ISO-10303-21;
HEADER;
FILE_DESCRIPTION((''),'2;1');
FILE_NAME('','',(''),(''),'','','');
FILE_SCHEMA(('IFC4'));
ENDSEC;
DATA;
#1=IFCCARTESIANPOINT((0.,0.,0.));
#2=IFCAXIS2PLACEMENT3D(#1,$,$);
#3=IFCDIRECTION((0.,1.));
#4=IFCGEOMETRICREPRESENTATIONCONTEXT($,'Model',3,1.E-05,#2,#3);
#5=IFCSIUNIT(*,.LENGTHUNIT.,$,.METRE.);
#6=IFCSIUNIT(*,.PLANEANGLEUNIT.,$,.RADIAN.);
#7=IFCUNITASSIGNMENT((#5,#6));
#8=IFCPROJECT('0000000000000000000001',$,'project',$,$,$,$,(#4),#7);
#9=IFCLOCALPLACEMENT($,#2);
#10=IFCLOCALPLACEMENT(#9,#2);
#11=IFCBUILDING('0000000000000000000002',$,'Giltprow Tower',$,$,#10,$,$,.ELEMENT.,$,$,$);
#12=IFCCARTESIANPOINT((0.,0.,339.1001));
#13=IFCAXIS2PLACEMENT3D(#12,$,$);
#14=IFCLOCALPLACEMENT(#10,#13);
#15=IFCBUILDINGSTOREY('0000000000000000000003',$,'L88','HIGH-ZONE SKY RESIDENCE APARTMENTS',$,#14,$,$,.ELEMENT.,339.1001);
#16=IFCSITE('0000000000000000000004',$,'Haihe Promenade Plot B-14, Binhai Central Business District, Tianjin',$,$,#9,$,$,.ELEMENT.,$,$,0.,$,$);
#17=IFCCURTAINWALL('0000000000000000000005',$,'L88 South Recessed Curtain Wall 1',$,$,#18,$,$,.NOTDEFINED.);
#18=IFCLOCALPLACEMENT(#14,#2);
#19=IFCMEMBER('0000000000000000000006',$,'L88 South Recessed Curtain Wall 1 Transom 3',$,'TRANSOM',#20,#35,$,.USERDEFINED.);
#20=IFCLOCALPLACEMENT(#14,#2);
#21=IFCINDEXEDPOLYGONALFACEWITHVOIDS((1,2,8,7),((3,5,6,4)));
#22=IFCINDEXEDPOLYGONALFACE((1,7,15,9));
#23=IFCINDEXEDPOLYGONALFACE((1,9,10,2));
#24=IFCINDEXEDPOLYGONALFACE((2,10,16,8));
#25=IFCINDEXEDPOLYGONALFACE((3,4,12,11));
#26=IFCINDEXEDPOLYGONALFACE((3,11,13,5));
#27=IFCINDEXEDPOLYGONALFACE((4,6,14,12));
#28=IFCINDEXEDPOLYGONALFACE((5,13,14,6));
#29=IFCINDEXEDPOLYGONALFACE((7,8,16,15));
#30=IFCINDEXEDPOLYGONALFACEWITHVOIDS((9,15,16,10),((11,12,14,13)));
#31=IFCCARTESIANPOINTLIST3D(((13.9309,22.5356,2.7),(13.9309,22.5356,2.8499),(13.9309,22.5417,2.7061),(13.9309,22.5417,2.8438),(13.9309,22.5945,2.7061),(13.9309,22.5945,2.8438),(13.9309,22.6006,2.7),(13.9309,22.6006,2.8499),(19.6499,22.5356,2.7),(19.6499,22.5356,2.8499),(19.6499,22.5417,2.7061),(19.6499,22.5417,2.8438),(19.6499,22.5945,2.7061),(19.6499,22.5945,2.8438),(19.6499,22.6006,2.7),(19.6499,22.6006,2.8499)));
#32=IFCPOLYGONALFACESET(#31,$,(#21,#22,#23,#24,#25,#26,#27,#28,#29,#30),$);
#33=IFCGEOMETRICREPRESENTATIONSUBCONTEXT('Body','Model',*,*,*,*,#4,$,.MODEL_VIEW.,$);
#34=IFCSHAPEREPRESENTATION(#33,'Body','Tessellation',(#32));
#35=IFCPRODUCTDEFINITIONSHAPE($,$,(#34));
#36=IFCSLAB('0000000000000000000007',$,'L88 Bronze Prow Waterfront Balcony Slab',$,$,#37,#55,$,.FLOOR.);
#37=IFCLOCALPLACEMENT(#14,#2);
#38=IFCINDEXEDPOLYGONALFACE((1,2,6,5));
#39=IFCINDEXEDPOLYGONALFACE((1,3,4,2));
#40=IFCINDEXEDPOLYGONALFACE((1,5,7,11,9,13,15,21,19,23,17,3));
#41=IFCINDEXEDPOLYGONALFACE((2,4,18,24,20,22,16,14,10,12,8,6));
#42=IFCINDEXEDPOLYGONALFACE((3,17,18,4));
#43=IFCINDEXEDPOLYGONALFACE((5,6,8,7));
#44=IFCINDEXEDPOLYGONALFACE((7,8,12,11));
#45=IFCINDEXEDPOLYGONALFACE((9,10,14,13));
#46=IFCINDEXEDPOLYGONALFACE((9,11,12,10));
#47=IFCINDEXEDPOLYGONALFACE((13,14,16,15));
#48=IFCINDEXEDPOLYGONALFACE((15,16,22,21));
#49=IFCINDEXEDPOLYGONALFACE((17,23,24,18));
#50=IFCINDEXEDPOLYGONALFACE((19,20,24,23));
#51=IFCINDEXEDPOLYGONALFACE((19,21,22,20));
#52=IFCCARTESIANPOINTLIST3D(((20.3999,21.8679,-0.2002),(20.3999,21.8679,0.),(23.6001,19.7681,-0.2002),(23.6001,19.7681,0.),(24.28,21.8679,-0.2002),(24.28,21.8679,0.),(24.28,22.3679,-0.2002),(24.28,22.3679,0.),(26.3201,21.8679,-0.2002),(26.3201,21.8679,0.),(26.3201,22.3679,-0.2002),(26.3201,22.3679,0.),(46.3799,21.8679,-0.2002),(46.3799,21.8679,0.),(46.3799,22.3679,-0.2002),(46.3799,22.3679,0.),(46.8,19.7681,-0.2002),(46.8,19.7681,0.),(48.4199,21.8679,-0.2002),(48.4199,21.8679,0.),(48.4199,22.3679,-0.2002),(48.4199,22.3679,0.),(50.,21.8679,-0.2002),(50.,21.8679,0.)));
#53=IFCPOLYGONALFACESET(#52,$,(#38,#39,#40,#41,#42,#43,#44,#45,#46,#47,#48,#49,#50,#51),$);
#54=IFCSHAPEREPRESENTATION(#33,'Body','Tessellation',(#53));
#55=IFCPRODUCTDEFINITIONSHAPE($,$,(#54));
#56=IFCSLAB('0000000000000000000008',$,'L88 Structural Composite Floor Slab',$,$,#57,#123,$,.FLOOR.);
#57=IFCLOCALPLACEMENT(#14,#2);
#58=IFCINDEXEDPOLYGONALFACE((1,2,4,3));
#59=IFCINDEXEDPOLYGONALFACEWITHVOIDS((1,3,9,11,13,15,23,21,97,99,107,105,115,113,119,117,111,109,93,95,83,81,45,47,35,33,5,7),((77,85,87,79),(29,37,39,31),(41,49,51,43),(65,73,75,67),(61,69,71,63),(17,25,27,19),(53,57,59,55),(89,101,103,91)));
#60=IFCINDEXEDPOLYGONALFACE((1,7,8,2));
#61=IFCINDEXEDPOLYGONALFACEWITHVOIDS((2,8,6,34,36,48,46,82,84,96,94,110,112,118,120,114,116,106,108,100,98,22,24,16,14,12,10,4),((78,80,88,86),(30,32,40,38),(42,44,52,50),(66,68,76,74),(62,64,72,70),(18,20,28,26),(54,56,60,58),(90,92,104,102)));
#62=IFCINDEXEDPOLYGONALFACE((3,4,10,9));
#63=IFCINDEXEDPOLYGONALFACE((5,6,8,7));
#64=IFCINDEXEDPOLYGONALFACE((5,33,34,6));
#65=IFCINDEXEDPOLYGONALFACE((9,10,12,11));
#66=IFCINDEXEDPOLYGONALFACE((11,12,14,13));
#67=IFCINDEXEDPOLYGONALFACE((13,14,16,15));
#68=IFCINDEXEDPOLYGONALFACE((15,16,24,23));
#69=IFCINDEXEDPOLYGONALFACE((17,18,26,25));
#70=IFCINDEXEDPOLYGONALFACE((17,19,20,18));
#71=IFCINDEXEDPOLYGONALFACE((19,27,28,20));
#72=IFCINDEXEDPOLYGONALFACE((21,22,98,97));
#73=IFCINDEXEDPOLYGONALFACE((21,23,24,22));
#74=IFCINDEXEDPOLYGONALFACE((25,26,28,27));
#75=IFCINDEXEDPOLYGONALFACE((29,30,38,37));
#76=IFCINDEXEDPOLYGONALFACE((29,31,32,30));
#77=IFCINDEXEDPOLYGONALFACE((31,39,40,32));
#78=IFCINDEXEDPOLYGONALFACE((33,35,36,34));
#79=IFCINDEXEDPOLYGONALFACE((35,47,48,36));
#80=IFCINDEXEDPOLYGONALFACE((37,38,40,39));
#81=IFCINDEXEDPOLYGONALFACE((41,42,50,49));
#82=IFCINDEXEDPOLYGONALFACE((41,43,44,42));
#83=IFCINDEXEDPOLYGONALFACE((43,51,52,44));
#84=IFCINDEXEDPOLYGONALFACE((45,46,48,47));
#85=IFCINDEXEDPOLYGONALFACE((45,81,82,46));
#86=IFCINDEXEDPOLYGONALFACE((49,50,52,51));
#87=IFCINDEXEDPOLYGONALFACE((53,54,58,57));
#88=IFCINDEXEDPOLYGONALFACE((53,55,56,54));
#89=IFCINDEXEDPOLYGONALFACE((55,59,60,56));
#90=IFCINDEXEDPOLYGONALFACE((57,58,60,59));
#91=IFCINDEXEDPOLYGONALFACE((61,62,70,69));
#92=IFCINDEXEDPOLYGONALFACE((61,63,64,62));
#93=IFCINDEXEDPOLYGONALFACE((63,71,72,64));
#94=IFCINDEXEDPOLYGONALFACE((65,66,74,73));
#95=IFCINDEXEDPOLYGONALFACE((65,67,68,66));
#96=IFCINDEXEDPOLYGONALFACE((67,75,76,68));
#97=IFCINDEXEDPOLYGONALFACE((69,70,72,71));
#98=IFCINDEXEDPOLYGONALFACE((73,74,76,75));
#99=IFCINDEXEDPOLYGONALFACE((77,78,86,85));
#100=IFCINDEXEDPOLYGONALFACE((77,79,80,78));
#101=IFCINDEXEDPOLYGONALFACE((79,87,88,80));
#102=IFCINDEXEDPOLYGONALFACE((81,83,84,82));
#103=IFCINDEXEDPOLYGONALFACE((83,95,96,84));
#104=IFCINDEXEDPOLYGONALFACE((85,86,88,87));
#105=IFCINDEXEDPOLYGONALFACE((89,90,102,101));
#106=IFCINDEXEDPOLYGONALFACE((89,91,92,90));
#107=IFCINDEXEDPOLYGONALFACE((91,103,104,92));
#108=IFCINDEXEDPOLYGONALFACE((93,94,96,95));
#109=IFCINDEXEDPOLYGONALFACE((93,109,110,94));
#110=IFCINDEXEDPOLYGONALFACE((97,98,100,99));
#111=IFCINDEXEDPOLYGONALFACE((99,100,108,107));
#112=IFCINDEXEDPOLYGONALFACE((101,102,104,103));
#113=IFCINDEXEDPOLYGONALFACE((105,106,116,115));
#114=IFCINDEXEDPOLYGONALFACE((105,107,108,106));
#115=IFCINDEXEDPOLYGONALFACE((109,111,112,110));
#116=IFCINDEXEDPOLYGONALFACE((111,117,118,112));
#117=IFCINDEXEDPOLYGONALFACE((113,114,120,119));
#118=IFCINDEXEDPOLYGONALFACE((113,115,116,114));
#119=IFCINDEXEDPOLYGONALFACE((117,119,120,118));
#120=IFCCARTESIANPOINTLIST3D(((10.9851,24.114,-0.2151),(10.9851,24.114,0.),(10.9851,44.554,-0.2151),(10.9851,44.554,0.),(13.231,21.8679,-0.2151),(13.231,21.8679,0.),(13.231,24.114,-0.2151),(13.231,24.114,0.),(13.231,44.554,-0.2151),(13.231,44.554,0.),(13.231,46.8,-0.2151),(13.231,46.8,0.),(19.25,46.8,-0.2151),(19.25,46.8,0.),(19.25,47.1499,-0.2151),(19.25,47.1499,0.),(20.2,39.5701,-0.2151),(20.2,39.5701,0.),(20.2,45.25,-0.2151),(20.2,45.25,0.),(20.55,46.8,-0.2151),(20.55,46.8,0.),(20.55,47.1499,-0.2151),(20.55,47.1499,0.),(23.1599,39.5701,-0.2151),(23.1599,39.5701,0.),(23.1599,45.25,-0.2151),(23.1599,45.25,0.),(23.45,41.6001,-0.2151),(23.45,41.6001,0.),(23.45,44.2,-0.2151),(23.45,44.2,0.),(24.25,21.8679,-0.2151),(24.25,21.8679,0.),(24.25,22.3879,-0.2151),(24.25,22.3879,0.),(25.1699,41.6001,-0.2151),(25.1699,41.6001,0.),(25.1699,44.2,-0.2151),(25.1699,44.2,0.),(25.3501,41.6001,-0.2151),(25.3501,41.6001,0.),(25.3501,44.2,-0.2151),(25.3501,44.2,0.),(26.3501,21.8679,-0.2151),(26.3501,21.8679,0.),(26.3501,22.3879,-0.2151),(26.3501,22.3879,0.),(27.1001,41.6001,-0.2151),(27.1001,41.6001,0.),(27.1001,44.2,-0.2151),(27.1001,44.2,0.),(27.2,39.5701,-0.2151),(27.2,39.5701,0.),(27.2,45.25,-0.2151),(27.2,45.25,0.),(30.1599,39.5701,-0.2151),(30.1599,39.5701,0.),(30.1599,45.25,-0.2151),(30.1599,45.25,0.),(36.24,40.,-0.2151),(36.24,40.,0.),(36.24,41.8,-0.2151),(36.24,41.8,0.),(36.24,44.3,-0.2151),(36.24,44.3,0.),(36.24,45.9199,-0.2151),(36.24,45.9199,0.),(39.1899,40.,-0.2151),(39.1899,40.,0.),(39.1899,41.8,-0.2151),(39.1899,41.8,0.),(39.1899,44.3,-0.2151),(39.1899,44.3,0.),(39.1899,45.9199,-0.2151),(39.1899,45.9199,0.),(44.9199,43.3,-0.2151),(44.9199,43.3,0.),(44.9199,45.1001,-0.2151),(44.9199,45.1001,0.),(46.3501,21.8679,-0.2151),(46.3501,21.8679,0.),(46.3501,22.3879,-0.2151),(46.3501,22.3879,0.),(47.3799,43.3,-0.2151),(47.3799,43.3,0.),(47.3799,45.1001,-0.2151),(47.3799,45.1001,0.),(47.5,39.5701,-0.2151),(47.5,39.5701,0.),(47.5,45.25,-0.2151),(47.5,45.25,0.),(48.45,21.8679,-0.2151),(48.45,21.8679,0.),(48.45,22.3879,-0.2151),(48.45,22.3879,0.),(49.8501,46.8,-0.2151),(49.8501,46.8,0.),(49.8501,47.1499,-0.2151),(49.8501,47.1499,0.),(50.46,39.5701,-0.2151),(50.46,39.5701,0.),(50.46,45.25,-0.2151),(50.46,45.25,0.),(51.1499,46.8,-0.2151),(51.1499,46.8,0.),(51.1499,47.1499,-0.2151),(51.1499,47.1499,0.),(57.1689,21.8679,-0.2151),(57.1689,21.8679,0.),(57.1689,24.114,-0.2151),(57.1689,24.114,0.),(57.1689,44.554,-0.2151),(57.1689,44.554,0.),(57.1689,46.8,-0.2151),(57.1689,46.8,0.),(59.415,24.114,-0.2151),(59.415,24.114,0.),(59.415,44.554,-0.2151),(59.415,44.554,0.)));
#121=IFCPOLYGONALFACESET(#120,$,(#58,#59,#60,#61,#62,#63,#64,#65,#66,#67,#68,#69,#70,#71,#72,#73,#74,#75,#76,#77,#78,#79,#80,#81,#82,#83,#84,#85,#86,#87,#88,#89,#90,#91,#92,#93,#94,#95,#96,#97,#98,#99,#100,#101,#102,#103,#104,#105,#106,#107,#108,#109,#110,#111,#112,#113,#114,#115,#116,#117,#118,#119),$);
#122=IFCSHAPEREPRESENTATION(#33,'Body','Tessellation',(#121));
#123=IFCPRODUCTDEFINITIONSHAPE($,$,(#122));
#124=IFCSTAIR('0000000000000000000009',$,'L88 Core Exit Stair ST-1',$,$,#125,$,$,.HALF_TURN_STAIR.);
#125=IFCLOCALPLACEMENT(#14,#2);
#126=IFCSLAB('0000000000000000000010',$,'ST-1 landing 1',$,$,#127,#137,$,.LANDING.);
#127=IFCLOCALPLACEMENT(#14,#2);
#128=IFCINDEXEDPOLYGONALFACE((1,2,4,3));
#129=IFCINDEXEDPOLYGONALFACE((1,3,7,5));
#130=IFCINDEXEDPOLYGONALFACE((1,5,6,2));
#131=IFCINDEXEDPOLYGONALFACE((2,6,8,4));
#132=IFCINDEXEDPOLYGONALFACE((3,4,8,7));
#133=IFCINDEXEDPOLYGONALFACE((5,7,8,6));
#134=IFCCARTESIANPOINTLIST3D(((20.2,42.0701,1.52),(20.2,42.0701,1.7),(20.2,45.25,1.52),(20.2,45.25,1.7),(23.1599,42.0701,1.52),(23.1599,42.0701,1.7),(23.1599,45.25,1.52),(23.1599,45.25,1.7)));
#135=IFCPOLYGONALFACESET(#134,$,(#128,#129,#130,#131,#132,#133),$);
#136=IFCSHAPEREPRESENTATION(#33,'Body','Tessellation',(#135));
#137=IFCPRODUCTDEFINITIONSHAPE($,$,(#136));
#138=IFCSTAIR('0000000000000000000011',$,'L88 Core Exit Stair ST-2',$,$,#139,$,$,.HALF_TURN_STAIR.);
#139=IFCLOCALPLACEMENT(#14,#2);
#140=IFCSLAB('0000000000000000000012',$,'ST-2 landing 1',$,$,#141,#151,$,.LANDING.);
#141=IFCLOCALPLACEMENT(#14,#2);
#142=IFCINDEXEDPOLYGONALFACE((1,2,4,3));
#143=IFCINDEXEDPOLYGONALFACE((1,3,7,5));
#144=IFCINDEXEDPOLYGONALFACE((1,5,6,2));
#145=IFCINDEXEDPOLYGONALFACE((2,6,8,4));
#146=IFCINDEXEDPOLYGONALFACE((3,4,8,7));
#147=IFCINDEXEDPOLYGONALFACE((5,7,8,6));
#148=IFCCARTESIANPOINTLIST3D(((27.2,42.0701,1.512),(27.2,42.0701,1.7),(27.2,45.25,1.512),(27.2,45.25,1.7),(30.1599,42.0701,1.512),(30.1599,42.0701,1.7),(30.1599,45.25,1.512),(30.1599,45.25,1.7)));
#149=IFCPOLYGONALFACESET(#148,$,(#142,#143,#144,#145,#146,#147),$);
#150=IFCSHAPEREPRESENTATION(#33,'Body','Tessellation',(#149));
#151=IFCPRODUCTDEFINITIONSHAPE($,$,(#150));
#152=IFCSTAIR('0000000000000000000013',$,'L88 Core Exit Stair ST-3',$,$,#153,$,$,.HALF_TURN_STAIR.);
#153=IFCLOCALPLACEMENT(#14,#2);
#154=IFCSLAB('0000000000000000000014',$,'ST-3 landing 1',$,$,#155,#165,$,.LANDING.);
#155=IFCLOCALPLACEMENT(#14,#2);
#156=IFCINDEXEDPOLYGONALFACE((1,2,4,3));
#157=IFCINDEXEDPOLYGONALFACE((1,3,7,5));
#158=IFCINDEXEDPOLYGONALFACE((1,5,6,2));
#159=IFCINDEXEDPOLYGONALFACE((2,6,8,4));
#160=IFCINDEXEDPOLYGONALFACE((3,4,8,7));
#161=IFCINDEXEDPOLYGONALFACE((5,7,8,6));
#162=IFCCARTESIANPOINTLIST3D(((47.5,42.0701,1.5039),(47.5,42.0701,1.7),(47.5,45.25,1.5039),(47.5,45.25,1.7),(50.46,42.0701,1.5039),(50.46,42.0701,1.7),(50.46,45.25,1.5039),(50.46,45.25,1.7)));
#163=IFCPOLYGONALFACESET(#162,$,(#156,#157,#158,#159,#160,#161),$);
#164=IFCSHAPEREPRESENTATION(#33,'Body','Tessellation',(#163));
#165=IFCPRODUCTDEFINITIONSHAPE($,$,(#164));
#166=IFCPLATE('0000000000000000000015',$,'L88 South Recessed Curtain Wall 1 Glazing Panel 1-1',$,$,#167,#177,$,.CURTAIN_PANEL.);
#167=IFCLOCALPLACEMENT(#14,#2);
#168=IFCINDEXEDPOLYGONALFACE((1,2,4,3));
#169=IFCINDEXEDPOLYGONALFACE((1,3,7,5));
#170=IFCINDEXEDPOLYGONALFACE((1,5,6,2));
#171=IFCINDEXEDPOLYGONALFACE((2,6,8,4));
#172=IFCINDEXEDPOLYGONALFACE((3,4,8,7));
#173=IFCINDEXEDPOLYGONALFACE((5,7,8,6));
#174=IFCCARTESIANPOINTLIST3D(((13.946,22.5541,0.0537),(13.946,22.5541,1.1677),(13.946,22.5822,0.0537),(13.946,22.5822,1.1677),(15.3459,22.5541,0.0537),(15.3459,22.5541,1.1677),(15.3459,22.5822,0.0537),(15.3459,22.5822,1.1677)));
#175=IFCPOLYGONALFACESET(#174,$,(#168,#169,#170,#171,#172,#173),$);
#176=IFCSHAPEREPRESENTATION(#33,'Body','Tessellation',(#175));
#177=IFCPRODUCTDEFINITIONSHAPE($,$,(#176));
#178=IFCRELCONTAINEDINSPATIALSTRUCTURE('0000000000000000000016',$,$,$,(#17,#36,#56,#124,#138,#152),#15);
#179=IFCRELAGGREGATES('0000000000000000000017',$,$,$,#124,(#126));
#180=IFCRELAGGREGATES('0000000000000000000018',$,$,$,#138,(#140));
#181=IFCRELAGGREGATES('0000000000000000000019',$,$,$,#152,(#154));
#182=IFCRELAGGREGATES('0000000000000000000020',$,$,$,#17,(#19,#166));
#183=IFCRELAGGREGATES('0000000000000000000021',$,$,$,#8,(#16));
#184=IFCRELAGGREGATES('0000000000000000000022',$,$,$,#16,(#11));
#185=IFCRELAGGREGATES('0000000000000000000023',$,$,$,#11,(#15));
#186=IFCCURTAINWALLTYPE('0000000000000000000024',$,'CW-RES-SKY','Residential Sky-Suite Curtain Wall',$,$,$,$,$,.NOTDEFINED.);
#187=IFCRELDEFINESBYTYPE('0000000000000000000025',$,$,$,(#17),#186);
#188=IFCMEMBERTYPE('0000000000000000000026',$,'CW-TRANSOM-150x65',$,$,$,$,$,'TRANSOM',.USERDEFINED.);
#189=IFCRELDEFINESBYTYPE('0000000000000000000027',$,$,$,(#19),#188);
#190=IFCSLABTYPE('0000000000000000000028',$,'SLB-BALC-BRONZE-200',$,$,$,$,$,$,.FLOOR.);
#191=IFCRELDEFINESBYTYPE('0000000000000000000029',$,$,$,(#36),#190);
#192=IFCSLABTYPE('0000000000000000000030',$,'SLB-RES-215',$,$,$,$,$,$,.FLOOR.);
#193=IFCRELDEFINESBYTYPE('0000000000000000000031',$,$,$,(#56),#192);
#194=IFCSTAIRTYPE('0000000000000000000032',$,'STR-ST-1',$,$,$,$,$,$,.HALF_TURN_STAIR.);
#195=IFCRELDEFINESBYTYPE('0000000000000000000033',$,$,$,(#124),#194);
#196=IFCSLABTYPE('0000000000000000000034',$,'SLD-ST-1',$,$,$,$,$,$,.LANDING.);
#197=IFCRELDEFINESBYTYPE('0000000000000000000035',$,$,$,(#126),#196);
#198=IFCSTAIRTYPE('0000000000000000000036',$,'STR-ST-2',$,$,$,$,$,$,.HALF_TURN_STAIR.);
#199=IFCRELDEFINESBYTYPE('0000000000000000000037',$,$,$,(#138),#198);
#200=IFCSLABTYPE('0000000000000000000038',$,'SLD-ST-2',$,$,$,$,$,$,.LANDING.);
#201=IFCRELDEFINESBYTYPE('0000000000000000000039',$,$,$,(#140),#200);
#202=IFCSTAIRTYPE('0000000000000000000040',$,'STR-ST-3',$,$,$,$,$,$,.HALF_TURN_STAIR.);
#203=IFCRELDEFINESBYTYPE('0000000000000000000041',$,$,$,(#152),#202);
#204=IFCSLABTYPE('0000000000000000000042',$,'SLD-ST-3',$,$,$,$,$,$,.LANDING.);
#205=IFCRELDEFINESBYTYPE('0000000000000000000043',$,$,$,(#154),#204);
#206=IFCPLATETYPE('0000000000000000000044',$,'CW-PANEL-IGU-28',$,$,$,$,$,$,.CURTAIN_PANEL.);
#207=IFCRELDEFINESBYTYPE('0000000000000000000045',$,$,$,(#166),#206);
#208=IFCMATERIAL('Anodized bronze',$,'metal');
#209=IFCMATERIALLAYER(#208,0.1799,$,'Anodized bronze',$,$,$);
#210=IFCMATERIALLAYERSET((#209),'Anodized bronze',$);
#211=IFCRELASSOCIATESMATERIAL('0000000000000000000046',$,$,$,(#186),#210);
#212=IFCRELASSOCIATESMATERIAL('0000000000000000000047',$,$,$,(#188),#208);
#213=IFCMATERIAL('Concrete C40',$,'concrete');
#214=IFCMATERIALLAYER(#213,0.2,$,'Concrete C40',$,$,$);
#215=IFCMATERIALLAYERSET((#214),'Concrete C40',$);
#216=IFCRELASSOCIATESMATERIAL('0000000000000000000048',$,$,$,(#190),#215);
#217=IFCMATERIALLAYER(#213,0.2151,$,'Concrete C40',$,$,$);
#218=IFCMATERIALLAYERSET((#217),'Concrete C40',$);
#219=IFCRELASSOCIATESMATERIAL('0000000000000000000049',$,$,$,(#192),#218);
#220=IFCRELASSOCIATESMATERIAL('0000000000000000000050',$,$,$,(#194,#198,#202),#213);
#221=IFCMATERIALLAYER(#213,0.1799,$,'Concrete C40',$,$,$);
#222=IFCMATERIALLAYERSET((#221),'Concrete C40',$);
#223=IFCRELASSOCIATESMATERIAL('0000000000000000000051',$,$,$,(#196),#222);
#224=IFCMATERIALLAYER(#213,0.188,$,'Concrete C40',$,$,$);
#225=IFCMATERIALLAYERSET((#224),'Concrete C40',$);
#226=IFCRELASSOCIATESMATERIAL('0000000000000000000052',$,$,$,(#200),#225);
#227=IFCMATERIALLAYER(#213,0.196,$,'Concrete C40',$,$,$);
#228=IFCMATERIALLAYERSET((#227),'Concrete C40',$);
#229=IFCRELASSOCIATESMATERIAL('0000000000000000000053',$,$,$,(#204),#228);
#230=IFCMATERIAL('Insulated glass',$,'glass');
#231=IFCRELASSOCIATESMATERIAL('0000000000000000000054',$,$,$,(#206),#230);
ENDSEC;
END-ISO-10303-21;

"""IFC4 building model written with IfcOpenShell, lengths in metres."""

from ifc_helpers import new_model, si_unit, direction, frame, origin, origin_2d, place, context, subcontext, project, spatial, polyline, rectangle, hollow_rectangle, outline, extrude, source, transform, mapped, material, layer, layer_set, material_profile, profile_set, type_object, element, aggregate, save


model = new_model("IFC4")

# Units and contexts
model_context = context("Model", 3, precision=1e-05, world=origin(), true_north=direction((0.0, 1.0)))
body_context = subcontext(model_context, "Body", "Model", "MODEL_VIEW")
ifc_project = project(units=[si_unit("LENGTHUNIT", "METRE"), si_unit("PLANEANGLEUNIT", "RADIAN")], contexts=[model_context])

# Site, building, storey
site_placement = place(None, origin())
site = spatial("IfcSite", under=ifc_project, at=site_placement, Name="Haihe Promenade Plot B-14, Binhai Central Business District, Tianjin", CompositionType="ELEMENT", RefElevation=0.0)
building_placement = place(site_placement, origin())
building = spatial("IfcBuilding", under=site, at=building_placement, Name="Giltprow Tower", CompositionType="ELEMENT")
storey_placement = place(building_placement, frame((0.0, 0.0, 339.1001)))
storey = spatial("IfcBuildingStorey", under=building, at=storey_placement, Name="L88", Description="HIGH-ZONE SKY RESIDENCE APARTMENTS", CompositionType="ELEMENT", Elevation=339.1001)

# Curtain wall, member
ifc_material_1 = material(Name="Anodized bronze", Category="metal")
ifc_layer_1 = layer(ifc_material_1, 0.1799, Name="Anodized bronze")
ifc_layer_set_1 = layer_set([ifc_layer_1], Name="Anodized bronze")
curtain_wall_type = type_object("IfcCurtainWallType", Name="CW-RES-SKY", Description="Residential Sky-Suite Curtain Wall", PredefinedType="NOTDEFINED", material=ifc_layer_set_1)
curtain_wall_placement = place(storey_placement, origin())
curtain_wall = element("IfcCurtainWall", 1, at=curtain_wall_placement, inside=storey, type_object=curtain_wall_type, Name="L88 South Recessed Curtain Wall 1", PredefinedType="NOTDEFINED")
ifc_material_profile_1 = material_profile(ifc_material_1, hollow_rectangle(XDim=0.0649, YDim=0.1499, WallThickness=0.0061, at=origin_2d()), Name="RHS 150x65x6")
ifc_profile_set_1 = profile_set([ifc_material_profile_1], Name="Anodized bronze")
member_type_1 = type_object("IfcMemberType", Name="CW-TRANSOM-150x65", ElementType="TRANSOM", PredefinedType="USERDEFINED", material=ifc_profile_set_1)
shared_shape_1 = source(origin(), body_context, "Body", "SweptSolid", [
    extrude(hollow_rectangle(XDim=0.0649, YDim=0.1499, WallThickness=0.0061, at=origin_2d()), origin(), (0.0, 0.0, 1.0), 5.719),
])
member_1_placement = place(storey_placement, frame((13.9309, 22.5681, 2.7749), z_axis=(1.0, 0.0, 0.0), x_axis=(0.0, 1.0, 0.0)))
member_1 = element("IfcMember", 2, at=member_1_placement, type_object=member_type_1, Name="L88 South Recessed Curtain Wall 1 Transom 3", ObjectType="TRANSOM", PredefinedType="USERDEFINED", context=body_context, shape_type="MappedRepresentation", body=[
    mapped(shared_shape_1, transform((0.0, 0.0, 0.0), x_axis=(1.0, 0.0, 0.0), y_axis=(0.0, 1.0, 0.0), z_axis=(0.0, 0.0, 1.0), scale=1.0)),
])

# Slabs
ifc_material_2 = material(Name="Concrete C40", Category="concrete")
ifc_layer_2 = layer(ifc_material_2, 0.2, Name="Concrete C40")
ifc_layer_set_2 = layer_set([ifc_layer_2], Name="Concrete C40")
slab_type_1 = type_object("IfcSlabType", Name="SLB-BALC-BRONZE-200", PredefinedType="FLOOR", material=ifc_layer_set_2)
slab_1_placement = place(storey_placement, frame((0.0, 0.0, -0.2002)))
element("IfcSlab", 3, at=slab_1_placement, inside=storey, type_object=slab_type_1, Name="L88 Bronze Prow Waterfront Balcony Slab", PredefinedType="FLOOR", context=body_context, shape_type="SweptSolid", body=[
    extrude(outline(polyline([(50.0, 21.8679), (46.8, 19.7681), (23.6001, 19.7681), (20.3999, 21.8679), (24.28, 21.8679), (24.28, 22.3679), (26.3201, 22.3679), (26.3201, 21.8679), (46.3799, 21.8679), (46.3799, 22.3679), (48.4199, 22.3679), (48.4199, 21.8679), (50.0, 21.8679)])), origin(), (0.0, 0.0, 1.0), 0.2002),
])
ifc_layer_3 = layer(ifc_material_2, 0.2151, Name="Concrete C40")
ifc_layer_set_3 = layer_set([ifc_layer_3], Name="Concrete C40")
slab_type_2 = type_object("IfcSlabType", Name="SLB-RES-215", PredefinedType="FLOOR", material=ifc_layer_set_3)
slab_2_placement = place(storey_placement, frame((0.0, 0.0, -0.2151)))
element("IfcSlab", 4, at=slab_2_placement, inside=storey, type_object=slab_type_2, Name="L88 Structural Composite Floor Slab", PredefinedType="FLOOR", context=body_context, shape_type="SweptSolid", body=[
    extrude(outline(polyline([(59.415, 44.554), (59.415, 24.114), (57.1689, 24.114), (57.1689, 21.8679), (48.45, 21.8679), (48.45, 22.3879), (46.3501, 22.3879), (46.3501, 21.8679), (26.3501, 21.8679), (26.3501, 22.3879), (24.25, 22.3879), (24.25, 21.8679), (13.231, 21.8679), (13.231, 24.114), (10.9851, 24.114), (10.9851, 44.554), (13.231, 44.554), (13.231, 46.8), (19.25, 46.8), (19.25, 47.1499), (20.55, 47.1499), (20.55, 46.8), (49.8501, 46.8), (49.8501, 47.1499), (51.1499, 47.1499), (51.1499, 46.8), (57.1689, 46.8), (57.1689, 44.554), (59.415, 44.554)]), holes=[polyline([(39.1899, 41.8), (36.24, 41.8), (36.24, 40.0), (39.1899, 40.0), (39.1899, 41.8)]), polyline([(23.1599, 39.5701), (23.1599, 45.25), (20.2, 45.25), (20.2, 39.5701), (23.1599, 39.5701)]), polyline([(30.1599, 39.5701), (30.1599, 45.25), (27.2, 45.25), (27.2, 39.5701), (30.1599, 39.5701)]), polyline([(50.46, 45.25), (47.5, 45.25), (47.5, 39.5701), (50.46, 39.5701), (50.46, 45.25)]), polyline([(25.1699, 44.2), (23.45, 44.2), (23.45, 41.6001), (25.1699, 41.6001), (25.1699, 44.2)]), polyline([(27.1001, 44.2), (25.3501, 44.2), (25.3501, 41.6001), (27.1001, 41.6001), (27.1001, 44.2)]), polyline([(47.3799, 43.3), (47.3799, 45.1001), (44.9199, 45.1001), (44.9199, 43.3), (47.3799, 43.3)]), polyline([(39.1899, 44.3), (39.1899, 45.9199), (36.24, 45.9199), (36.24, 44.3), (39.1899, 44.3)])]), origin(), (0.0, 0.0, 1.0), 0.2151),
])

# Stairs, slabs
stair_type_1 = type_object("IfcStairType", Name="STR-ST-1", PredefinedType="HALF_TURN_STAIR", material=ifc_material_2)
stair_1_placement = place(storey_placement, origin())
stair_1 = element("IfcStair", 5, at=stair_1_placement, inside=storey, type_object=stair_type_1, Name="L88 Core Exit Stair ST-1", PredefinedType="HALF_TURN_STAIR")
ifc_layer_4 = layer(ifc_material_2, 0.1799, Name="Concrete C40")
ifc_layer_set_4 = layer_set([ifc_layer_4], Name="Concrete C40")
slab_type_3 = type_object("IfcSlabType", Name="SLD-ST-1", PredefinedType="LANDING", material=ifc_layer_set_4)
slab_3_placement = place(storey_placement, frame((0.0, 0.0, 1.52)))
slab_3 = element("IfcSlab", 6, at=slab_3_placement, type_object=slab_type_3, Name="ST-1 landing 1", PredefinedType="LANDING", context=body_context, shape_type="SweptSolid", body=[
    extrude(outline(polyline([(23.1599, 42.0701), (23.1599, 45.25), (20.2, 45.25), (20.2, 42.0701), (23.1599, 42.0701)])), origin(), (0.0, 0.0, 1.0), 0.1799),
])
aggregate(stair_1, [slab_3])
stair_type_2 = type_object("IfcStairType", Name="STR-ST-2", PredefinedType="HALF_TURN_STAIR", material=ifc_material_2)
stair_2_placement = place(storey_placement, origin())
stair_2 = element("IfcStair", 7, at=stair_2_placement, inside=storey, type_object=stair_type_2, Name="L88 Core Exit Stair ST-2", PredefinedType="HALF_TURN_STAIR")
ifc_layer_5 = layer(ifc_material_2, 0.188, Name="Concrete C40")
ifc_layer_set_5 = layer_set([ifc_layer_5], Name="Concrete C40")
slab_type_4 = type_object("IfcSlabType", Name="SLD-ST-2", PredefinedType="LANDING", material=ifc_layer_set_5)
slab_4_placement = place(storey_placement, frame((0.0, 0.0, 1.512)))
slab_4 = element("IfcSlab", 8, at=slab_4_placement, type_object=slab_type_4, Name="ST-2 landing 1", PredefinedType="LANDING", context=body_context, shape_type="SweptSolid", body=[
    extrude(outline(polyline([(30.1599, 42.0701), (30.1599, 45.25), (27.2, 45.25), (27.2, 42.0701), (30.1599, 42.0701)])), origin(), (0.0, 0.0, 1.0), 0.188),
])
aggregate(stair_2, [slab_4])
stair_type_3 = type_object("IfcStairType", Name="STR-ST-3", PredefinedType="HALF_TURN_STAIR", material=ifc_material_2)
stair_3_placement = place(storey_placement, origin())
stair_3 = element("IfcStair", 9, at=stair_3_placement, inside=storey, type_object=stair_type_3, Name="L88 Core Exit Stair ST-3", PredefinedType="HALF_TURN_STAIR")
ifc_layer_6 = layer(ifc_material_2, 0.196, Name="Concrete C40")
ifc_layer_set_6 = layer_set([ifc_layer_6], Name="Concrete C40")
slab_type_5 = type_object("IfcSlabType", Name="SLD-ST-3", PredefinedType="LANDING", material=ifc_layer_set_6)
slab_5_placement = place(storey_placement, frame((0.0, 0.0, 1.5039)))
slab_5 = element("IfcSlab", 10, at=slab_5_placement, type_object=slab_type_5, Name="ST-3 landing 1", PredefinedType="LANDING", context=body_context, shape_type="SweptSolid", body=[
    extrude(outline(polyline([(50.46, 42.0701), (50.46, 45.25), (47.5, 45.25), (47.5, 42.0701), (50.46, 42.0701)])), origin(), (0.0, 0.0, 1.0), 0.196),
])
aggregate(stair_3, [slab_5])

# Plate
ifc_material_3 = material(Name="Insulated glass", Category="glass")
plate_type = type_object("IfcPlateType", Name="CW-PANEL-IGU-28", PredefinedType="CURTAIN_PANEL", material=ifc_material_3)
shared_shape_2 = source(origin(), body_context, "Body", "SweptSolid", [
    extrude(rectangle(XDim=1.3999, YDim=0.0281, at=origin_2d()), origin(), (0.0, 0.0, 1.0), 1.114),
])
plate_1_placement = place(storey_placement, frame((14.646, 22.5681, 0.0537), z_axis=(0.0, 0.0, 1.0), x_axis=(1.0, 0.0, 0.0)))
plate_1 = element("IfcPlate", 11, at=plate_1_placement, type_object=plate_type, Name="L88 South Recessed Curtain Wall 1 Glazing Panel 1-1", PredefinedType="CURTAIN_PANEL", context=body_context, shape_type="MappedRepresentation", body=[
    mapped(shared_shape_2, transform((0.0, 0.0, 0.0), x_axis=(1.0, 0.0, 0.0), y_axis=(0.0, 1.0, 0.0), z_axis=(0.0, 0.0, 1.0), scale=1.0)),
])
aggregate(curtain_wall, [member_1, plate_1])

save(model, "model.ifc")
